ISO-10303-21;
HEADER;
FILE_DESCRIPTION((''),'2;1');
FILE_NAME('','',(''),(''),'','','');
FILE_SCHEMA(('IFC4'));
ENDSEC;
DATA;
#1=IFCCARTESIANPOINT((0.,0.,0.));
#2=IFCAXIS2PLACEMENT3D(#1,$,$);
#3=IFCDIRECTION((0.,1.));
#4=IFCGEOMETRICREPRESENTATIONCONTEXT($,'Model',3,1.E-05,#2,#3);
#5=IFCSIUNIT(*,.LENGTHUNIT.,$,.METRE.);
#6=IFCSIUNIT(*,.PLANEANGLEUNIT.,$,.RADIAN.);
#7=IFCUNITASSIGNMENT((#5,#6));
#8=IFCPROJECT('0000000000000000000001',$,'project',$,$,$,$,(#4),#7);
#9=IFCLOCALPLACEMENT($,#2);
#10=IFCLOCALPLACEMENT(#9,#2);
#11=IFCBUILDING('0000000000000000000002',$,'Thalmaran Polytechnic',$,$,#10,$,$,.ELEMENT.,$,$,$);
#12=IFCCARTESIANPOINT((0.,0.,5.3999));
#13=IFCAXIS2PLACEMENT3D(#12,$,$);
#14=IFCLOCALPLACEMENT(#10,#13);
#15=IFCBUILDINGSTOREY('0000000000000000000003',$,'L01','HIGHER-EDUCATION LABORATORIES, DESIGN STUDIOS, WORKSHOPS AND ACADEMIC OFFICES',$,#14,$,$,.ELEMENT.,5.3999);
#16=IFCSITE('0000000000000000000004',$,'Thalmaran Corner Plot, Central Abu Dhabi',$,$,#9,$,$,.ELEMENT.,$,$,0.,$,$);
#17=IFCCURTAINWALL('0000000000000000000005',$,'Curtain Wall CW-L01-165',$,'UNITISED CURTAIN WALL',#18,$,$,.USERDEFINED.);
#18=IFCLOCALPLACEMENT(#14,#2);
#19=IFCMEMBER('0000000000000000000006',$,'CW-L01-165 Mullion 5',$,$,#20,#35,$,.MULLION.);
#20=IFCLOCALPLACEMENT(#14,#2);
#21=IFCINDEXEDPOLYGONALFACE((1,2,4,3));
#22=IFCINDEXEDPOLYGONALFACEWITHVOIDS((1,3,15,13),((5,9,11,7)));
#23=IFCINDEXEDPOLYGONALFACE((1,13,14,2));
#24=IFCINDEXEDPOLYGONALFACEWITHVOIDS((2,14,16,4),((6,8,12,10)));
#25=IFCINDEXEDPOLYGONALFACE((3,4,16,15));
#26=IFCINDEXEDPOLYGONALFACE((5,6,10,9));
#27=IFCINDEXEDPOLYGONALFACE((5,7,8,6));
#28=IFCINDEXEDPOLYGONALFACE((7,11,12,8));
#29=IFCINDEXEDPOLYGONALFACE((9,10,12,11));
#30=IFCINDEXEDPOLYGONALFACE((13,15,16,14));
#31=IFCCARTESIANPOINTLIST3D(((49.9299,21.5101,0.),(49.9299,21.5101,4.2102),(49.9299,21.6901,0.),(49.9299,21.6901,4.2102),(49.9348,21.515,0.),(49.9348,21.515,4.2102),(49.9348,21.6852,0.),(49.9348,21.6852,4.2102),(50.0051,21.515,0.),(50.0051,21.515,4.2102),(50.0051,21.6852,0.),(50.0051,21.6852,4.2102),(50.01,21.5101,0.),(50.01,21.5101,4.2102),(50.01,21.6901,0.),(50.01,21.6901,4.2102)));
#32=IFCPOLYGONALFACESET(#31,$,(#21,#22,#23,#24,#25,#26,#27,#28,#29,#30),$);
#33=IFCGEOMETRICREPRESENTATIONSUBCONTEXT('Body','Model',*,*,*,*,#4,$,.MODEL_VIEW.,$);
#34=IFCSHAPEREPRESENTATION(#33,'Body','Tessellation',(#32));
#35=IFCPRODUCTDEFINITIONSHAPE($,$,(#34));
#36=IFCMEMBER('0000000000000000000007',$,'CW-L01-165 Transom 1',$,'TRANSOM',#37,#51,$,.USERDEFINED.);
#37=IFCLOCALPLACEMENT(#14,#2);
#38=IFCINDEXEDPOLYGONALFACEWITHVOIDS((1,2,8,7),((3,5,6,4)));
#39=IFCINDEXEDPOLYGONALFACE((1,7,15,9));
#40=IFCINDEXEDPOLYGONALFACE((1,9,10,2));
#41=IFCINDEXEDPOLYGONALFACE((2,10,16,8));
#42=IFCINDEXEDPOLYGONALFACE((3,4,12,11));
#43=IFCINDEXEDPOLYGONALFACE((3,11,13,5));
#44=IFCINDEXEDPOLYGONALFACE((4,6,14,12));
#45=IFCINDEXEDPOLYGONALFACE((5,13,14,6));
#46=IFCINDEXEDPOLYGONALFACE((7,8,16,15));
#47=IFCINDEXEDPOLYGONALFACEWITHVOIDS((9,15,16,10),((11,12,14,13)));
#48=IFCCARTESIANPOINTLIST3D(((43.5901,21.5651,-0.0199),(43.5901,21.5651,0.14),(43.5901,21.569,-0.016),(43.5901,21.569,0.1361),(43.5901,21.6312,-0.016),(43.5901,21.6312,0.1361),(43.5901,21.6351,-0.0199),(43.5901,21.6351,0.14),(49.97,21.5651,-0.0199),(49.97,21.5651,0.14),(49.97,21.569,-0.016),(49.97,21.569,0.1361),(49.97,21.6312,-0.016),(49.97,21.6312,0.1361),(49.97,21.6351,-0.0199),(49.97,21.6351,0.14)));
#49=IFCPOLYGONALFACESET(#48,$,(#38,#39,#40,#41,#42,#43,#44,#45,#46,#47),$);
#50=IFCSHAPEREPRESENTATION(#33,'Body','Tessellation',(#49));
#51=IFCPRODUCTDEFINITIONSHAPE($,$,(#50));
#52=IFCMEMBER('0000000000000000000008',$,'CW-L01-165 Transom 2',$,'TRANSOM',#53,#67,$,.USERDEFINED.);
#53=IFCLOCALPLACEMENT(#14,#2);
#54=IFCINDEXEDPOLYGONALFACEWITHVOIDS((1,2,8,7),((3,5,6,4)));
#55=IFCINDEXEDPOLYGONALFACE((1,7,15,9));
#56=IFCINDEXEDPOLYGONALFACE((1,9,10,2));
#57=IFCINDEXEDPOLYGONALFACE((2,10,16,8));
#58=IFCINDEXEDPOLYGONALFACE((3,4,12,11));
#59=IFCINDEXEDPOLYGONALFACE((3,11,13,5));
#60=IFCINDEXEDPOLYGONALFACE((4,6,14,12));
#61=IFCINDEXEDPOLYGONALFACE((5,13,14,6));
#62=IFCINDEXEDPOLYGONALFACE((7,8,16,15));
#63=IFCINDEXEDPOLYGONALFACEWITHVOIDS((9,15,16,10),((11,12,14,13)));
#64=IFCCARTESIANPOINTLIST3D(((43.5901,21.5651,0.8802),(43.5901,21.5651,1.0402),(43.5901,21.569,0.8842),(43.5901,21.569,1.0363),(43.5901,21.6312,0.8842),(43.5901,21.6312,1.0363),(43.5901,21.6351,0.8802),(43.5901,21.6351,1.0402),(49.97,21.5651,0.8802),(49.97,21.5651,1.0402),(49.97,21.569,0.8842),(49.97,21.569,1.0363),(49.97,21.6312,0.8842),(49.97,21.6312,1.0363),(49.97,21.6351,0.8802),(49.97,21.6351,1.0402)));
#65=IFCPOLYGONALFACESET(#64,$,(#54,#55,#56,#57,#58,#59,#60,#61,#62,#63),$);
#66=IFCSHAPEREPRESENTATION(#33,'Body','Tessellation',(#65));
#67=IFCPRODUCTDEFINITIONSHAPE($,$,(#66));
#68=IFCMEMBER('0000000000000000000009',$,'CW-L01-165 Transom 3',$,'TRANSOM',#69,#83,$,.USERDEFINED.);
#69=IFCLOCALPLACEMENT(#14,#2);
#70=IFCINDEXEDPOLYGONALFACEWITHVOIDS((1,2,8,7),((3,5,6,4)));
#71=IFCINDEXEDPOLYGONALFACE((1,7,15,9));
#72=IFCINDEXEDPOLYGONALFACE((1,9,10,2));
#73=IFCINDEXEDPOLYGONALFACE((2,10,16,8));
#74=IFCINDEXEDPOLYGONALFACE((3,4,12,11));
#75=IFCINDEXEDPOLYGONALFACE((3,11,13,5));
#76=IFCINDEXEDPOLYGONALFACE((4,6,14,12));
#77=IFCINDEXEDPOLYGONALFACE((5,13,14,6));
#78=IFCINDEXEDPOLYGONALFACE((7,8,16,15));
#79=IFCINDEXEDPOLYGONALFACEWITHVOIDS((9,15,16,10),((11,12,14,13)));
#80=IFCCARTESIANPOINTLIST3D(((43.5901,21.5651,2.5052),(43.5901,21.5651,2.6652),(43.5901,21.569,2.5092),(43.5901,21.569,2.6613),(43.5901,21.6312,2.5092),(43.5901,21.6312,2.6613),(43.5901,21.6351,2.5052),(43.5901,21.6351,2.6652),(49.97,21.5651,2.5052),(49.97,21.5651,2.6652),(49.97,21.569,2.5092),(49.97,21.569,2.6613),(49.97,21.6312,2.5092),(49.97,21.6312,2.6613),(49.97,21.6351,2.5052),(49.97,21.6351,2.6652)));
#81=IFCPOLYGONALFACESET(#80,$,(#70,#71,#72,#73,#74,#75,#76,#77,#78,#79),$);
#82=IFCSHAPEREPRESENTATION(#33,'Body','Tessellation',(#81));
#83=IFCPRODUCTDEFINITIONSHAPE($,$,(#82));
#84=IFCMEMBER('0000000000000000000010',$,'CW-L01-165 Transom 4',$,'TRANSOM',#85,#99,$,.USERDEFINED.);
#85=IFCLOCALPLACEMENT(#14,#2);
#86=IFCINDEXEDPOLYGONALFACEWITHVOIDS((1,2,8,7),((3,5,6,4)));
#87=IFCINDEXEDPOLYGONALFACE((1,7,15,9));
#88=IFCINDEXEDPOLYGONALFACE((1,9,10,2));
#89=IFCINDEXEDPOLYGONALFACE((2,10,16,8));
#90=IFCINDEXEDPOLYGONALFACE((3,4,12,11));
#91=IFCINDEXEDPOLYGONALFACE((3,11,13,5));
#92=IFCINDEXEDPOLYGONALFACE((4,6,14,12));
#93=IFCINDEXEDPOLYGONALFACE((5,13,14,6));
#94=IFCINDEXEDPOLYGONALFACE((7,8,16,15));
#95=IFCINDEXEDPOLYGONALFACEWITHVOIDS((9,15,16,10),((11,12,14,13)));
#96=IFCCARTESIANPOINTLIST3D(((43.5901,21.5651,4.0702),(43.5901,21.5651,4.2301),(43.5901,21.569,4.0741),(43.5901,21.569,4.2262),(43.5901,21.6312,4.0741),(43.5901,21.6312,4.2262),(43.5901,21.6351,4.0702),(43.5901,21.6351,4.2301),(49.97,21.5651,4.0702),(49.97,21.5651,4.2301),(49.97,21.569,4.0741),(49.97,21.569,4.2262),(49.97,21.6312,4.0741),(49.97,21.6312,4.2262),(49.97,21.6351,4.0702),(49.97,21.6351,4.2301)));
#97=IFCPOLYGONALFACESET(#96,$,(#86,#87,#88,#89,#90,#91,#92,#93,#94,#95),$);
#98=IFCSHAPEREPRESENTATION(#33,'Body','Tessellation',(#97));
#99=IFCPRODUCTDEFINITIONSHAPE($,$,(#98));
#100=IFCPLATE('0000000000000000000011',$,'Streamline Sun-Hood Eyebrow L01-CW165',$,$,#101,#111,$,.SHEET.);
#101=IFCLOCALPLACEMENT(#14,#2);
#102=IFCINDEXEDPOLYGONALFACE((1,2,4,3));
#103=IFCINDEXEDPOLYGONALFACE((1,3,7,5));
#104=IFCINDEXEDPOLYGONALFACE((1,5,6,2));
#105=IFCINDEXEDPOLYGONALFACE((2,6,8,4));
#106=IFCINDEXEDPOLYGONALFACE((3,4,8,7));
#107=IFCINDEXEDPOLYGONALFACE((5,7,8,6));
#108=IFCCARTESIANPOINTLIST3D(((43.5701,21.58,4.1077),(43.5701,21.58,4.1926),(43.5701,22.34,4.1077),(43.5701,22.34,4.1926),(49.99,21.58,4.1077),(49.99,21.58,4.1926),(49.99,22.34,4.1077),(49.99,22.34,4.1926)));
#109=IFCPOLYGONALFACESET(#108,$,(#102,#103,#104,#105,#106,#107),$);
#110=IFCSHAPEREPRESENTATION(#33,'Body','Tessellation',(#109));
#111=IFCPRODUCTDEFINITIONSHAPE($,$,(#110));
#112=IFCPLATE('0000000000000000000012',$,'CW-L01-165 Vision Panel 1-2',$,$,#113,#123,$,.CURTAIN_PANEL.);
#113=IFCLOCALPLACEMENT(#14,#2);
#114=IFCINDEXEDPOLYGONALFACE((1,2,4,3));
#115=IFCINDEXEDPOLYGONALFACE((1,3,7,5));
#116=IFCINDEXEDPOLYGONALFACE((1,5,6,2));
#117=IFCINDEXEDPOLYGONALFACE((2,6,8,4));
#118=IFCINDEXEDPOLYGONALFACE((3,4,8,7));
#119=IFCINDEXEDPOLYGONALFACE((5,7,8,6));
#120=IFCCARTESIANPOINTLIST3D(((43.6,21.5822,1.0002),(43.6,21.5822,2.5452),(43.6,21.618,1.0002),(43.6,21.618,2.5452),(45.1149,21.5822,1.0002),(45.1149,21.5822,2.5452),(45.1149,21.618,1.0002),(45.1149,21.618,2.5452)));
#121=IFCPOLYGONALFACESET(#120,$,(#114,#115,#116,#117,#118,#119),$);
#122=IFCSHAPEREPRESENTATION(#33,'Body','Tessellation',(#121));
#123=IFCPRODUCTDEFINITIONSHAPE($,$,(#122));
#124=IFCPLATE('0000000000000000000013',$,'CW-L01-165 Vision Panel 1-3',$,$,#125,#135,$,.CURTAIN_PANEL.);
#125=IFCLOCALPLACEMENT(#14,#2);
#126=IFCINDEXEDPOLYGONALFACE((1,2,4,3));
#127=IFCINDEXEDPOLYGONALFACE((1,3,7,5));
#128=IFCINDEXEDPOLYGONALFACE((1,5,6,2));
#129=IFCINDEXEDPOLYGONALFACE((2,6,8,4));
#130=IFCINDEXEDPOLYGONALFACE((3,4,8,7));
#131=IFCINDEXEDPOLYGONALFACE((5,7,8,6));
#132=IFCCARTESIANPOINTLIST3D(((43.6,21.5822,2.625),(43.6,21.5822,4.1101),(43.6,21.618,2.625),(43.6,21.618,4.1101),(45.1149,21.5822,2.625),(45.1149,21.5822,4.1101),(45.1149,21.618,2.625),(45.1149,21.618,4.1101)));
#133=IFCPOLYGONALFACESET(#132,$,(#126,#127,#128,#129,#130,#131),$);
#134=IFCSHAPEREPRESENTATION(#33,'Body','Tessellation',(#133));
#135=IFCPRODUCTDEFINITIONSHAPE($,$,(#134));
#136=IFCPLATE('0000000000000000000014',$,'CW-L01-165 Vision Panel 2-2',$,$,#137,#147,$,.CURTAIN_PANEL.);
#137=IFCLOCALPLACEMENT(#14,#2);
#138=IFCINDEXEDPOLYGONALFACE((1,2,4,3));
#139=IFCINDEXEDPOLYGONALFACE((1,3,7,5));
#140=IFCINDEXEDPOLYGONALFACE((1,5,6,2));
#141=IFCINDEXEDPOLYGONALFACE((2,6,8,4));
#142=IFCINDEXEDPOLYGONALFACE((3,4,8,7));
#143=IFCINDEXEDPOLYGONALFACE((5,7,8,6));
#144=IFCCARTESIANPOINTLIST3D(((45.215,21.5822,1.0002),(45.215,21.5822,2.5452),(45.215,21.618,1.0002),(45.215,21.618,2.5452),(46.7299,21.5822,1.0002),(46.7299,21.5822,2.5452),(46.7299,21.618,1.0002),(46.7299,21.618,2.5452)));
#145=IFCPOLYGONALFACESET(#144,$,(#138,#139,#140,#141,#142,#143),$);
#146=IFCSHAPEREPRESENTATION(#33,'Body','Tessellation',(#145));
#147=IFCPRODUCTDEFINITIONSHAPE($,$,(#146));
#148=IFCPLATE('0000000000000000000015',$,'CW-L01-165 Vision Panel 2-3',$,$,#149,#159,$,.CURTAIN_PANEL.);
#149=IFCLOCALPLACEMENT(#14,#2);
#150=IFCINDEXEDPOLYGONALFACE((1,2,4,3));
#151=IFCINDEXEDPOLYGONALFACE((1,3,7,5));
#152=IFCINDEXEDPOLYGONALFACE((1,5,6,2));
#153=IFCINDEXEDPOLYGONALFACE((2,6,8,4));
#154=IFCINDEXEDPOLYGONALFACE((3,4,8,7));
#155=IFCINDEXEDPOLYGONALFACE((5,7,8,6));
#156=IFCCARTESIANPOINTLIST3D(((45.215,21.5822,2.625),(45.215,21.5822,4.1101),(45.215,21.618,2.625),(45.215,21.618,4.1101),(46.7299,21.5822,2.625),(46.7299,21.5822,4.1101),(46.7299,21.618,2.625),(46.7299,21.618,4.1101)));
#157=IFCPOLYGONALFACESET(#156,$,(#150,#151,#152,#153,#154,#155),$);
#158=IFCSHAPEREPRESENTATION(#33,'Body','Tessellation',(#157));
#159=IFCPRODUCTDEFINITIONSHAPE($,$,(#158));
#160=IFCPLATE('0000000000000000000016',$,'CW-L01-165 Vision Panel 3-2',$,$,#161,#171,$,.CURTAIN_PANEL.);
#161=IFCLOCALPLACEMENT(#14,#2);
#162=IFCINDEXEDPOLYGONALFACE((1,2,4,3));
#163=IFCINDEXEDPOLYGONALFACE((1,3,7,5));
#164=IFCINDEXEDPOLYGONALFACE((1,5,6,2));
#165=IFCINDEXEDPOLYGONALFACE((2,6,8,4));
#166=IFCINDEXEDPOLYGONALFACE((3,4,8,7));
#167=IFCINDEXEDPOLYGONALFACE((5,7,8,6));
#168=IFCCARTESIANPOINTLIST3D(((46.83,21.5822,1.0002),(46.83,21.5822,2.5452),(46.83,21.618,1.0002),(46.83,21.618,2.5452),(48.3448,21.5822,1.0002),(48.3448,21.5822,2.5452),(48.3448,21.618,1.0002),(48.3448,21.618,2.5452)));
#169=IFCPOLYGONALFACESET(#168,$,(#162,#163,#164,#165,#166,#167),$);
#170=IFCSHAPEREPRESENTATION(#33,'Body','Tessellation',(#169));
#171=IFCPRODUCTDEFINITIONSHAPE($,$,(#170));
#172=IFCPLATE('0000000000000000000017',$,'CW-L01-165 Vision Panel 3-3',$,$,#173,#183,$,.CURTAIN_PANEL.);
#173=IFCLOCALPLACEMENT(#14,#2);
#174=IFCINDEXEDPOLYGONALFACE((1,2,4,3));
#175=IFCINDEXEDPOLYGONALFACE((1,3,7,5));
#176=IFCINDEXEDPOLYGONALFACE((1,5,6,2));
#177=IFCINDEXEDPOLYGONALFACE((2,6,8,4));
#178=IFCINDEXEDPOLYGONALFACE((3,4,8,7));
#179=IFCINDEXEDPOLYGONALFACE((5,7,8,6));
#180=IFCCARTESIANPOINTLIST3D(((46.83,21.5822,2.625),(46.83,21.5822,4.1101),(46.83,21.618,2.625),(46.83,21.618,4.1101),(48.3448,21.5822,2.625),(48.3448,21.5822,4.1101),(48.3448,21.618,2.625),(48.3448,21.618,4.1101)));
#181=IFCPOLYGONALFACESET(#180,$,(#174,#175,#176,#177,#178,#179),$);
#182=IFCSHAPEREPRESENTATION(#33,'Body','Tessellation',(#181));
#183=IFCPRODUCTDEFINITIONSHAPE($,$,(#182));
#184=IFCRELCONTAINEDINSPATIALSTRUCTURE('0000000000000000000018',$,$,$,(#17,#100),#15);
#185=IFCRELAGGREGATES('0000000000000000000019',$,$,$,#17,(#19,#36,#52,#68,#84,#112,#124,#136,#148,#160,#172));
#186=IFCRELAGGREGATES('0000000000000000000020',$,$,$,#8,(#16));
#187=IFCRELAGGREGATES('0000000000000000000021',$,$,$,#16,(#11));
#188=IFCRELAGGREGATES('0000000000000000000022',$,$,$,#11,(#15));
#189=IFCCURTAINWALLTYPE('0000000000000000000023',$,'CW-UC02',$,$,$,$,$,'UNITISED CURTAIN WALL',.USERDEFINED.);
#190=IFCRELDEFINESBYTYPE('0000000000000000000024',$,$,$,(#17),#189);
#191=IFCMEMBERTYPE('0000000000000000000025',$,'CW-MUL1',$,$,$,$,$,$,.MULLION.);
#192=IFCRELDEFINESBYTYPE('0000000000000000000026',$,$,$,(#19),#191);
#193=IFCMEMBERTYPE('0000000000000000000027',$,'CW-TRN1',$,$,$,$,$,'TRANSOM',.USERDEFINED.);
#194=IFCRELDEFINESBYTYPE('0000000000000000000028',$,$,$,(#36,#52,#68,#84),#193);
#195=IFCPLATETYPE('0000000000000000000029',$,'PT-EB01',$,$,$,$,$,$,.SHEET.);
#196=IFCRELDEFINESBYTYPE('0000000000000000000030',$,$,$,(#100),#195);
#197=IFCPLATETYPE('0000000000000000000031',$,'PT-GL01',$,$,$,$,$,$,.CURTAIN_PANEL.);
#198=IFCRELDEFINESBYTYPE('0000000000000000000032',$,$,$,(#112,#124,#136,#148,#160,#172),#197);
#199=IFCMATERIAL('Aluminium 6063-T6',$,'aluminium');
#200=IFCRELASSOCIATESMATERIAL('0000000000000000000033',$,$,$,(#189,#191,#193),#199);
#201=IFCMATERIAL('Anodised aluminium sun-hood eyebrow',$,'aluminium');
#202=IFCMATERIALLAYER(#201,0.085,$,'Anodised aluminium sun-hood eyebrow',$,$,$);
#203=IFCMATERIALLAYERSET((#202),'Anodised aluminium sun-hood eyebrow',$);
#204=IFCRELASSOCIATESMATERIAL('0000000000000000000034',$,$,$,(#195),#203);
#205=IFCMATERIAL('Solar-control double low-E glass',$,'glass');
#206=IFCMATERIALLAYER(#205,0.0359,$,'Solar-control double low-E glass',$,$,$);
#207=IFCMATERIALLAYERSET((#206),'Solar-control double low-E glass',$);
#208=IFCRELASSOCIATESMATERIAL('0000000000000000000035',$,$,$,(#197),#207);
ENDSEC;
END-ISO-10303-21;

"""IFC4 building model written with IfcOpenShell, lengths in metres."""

from ifc_helpers import new_model, si_unit, direction, frame, origin, origin_2d, place, context, subcontext, project, spatial, rectangle, hollow_rectangle, extrude, material, layer, layer_set, material_profile, profile_set, type_object, element, aggregate, save


model = new_model("IFC4")

# Units and contexts
model_context = context("Model", 3, precision=1e-05, world=origin(), true_north=direction((0.0, 1.0)))
body_context = subcontext(model_context, "Body", "Model", "MODEL_VIEW")
ifc_project = project(units=[si_unit("LENGTHUNIT", "METRE"), si_unit("PLANEANGLEUNIT", "RADIAN")], contexts=[model_context])

# Site, building, storey
site_placement = place(None, origin())
site = spatial("IfcSite", under=ifc_project, at=site_placement, Name="Thalmaran Corner Plot, Central Abu Dhabi", CompositionType="ELEMENT", RefElevation=0.0)
building_placement = place(site_placement, origin())
building = spatial("IfcBuilding", under=site, at=building_placement, Name="Thalmaran Polytechnic", CompositionType="ELEMENT")
storey_placement = place(building_placement, frame((0.0, 0.0, 5.3999)))
storey = spatial("IfcBuildingStorey", under=building, at=storey_placement, Name="L01", Description="HIGHER-EDUCATION LABORATORIES, DESIGN STUDIOS, WORKSHOPS AND ACADEMIC OFFICES", CompositionType="ELEMENT", Elevation=5.3999)

# Curtain wall, members
ifc_material_1 = material(Name="Aluminium 6063-T6", Category="aluminium")
curtain_wall_type = type_object("IfcCurtainWallType", Name="CW-UC02", ElementType="UNITISED CURTAIN WALL", PredefinedType="USERDEFINED", material=ifc_material_1)
ifc_material_profile_1 = material_profile(ifc_material_1, hollow_rectangle(XDim=0.0801, YDim=0.1799, WallThickness=0.0049, at=origin_2d()), Name="RHS 180x80x5.0")
ifc_profile_set_1 = profile_set([ifc_material_profile_1], Name="Aluminium 6063-T6")
member_type_1 = type_object("IfcMemberType", Name="CW-MUL1", PredefinedType="MULLION", material=ifc_profile_set_1)
curtain_wall_1_placement = place(storey_placement, origin())
curtain_wall_1 = element("IfcCurtainWall", 1, at=curtain_wall_1_placement, inside=storey, type_object=curtain_wall_type, Name="Curtain Wall CW-L01-165", ObjectType="UNITISED CURTAIN WALL", PredefinedType="USERDEFINED")
member_1_placement = place(storey_placement, frame((49.97, 21.6001, 0.0), z_axis=(0.0, 0.0, 1.0), x_axis=(1.0, 0.0, 0.0)))
member_1 = element("IfcMember", 2, at=member_1_placement, type_object=member_type_1, Name="CW-L01-165 Mullion 5", PredefinedType="MULLION", context=body_context, shape_type="SweptSolid", body=[
    extrude(hollow_rectangle(XDim=0.0801, YDim=0.1799, WallThickness=0.0049, at=origin_2d()), origin(), (0.0, 0.0, 1.0), 4.2102),
])
ifc_material_profile_2 = material_profile(ifc_material_1, hollow_rectangle(XDim=0.0701, YDim=0.1599, WallThickness=0.0039, at=origin_2d()), Name="AL 160x70x4.0")
ifc_profile_set_2 = profile_set([ifc_material_profile_2], Name="Aluminium 6063-T6")
member_type_2 = type_object("IfcMemberType", Name="CW-TRN1", ElementType="TRANSOM", PredefinedType="USERDEFINED", material=ifc_profile_set_2)
member_2_placement = place(storey_placement, frame((43.5901, 21.6001, 0.0601), z_axis=(1.0, 0.0, 0.0), x_axis=(0.0, 1.0, 0.0)))
member_2 = element("IfcMember", 3, at=member_2_placement, type_object=member_type_2, Name="CW-L01-165 Transom 1", ObjectType="TRANSOM", PredefinedType="USERDEFINED", context=body_context, shape_type="SweptSolid", body=[
    extrude(hollow_rectangle(XDim=0.0701, YDim=0.1599, WallThickness=0.0039, at=origin_2d()), origin(), (0.0, 0.0, 1.0), 6.3799),
])
member_3_placement = place(storey_placement, frame((43.5901, 21.6001, 0.9602), z_axis=(1.0, 0.0, 0.0), x_axis=(0.0, 1.0, 0.0)))
member_3 = element("IfcMember", 4, at=member_3_placement, type_object=member_type_2, Name="CW-L01-165 Transom 2", ObjectType="TRANSOM", PredefinedType="USERDEFINED", context=body_context, shape_type="SweptSolid", body=[
    extrude(hollow_rectangle(XDim=0.0701, YDim=0.1599, WallThickness=0.0039, at=origin_2d()), origin(), (0.0, 0.0, 1.0), 6.3799),
])
member_4_placement = place(storey_placement, frame((43.5901, 21.6001, 2.5852), z_axis=(1.0, 0.0, 0.0), x_axis=(0.0, 1.0, 0.0)))
member_4 = element("IfcMember", 5, at=member_4_placement, type_object=member_type_2, Name="CW-L01-165 Transom 3", ObjectType="TRANSOM", PredefinedType="USERDEFINED", context=body_context, shape_type="SweptSolid", body=[
    extrude(hollow_rectangle(XDim=0.0701, YDim=0.1599, WallThickness=0.0039, at=origin_2d()), origin(), (0.0, 0.0, 1.0), 6.3799),
])
member_5_placement = place(storey_placement, frame((43.5901, 21.6001, 4.1501), z_axis=(1.0, 0.0, 0.0), x_axis=(0.0, 1.0, 0.0)))
member_5 = element("IfcMember", 6, at=member_5_placement, type_object=member_type_2, Name="CW-L01-165 Transom 4", ObjectType="TRANSOM", PredefinedType="USERDEFINED", context=body_context, shape_type="SweptSolid", body=[
    extrude(hollow_rectangle(XDim=0.0701, YDim=0.1599, WallThickness=0.0039, at=origin_2d()), origin(), (0.0, 0.0, 1.0), 6.3799),
])

# Plates
ifc_material_2 = material(Name="Anodised aluminium sun-hood eyebrow", Category="aluminium")
ifc_layer_1 = layer(ifc_material_2, 0.085, Name="Anodised aluminium sun-hood eyebrow")
ifc_layer_set_1 = layer_set([ifc_layer_1], Name="Anodised aluminium sun-hood eyebrow")
plate_type_1 = type_object("IfcPlateType", Name="PT-EB01", PredefinedType="SHEET", material=ifc_layer_set_1)
plate_1_placement = place(storey_placement, frame((46.78, 21.96, 4.1077), z_axis=(0.0, 0.0, 1.0), x_axis=(1.0, 0.0, 0.0)))
element("IfcPlate", 7, at=plate_1_placement, inside=storey, type_object=plate_type_1, Name="Streamline Sun-Hood Eyebrow L01-CW165", PredefinedType="SHEET", context=body_context, shape_type="SweptSolid", body=[
    extrude(rectangle(XDim=6.4199, YDim=0.76, at=origin_2d()), origin(), (0.0, 0.0, 1.0), 0.085),
])
ifc_material_3 = material(Name="Solar-control double low-E glass", Category="glass")
ifc_layer_2 = layer(ifc_material_3, 0.0359, Name="Solar-control double low-E glass")
ifc_layer_set_2 = layer_set([ifc_layer_2], Name="Solar-control double low-E glass")
plate_type_2 = type_object("IfcPlateType", Name="PT-GL01", PredefinedType="CURTAIN_PANEL", material=ifc_layer_set_2)
plate_2_placement = place(storey_placement, frame((44.3574, 21.6001, 1.0002), z_axis=(0.0, 0.0, 1.0), x_axis=(1.0, 0.0, 0.0)))
plate_2 = element("IfcPlate", 8, at=plate_2_placement, type_object=plate_type_2, Name="CW-L01-165 Vision Panel 1-2", PredefinedType="CURTAIN_PANEL", context=body_context, shape_type="SweptSolid", body=[
    extrude(rectangle(XDim=1.5149, YDim=0.0359, at=origin_2d()), origin(), (0.0, 0.0, 1.0), 1.5449),
])
plate_3_placement = place(storey_placement, frame((44.3574, 21.6001, 2.625), z_axis=(0.0, 0.0, 1.0), x_axis=(1.0, 0.0, 0.0)))
plate_3 = element("IfcPlate", 9, at=plate_3_placement, type_object=plate_type_2, Name="CW-L01-165 Vision Panel 1-3", PredefinedType="CURTAIN_PANEL", context=body_context, shape_type="SweptSolid", body=[
    extrude(rectangle(XDim=1.5149, YDim=0.0359, at=origin_2d()), origin(), (0.0, 0.0, 1.0), 1.4851),
])
plate_4_placement = place(storey_placement, frame((45.9724, 21.6001, 1.0002), z_axis=(0.0, 0.0, 1.0), x_axis=(1.0, 0.0, 0.0)))
plate_4 = element("IfcPlate", 10, at=plate_4_placement, type_object=plate_type_2, Name="CW-L01-165 Vision Panel 2-2", PredefinedType="CURTAIN_PANEL", context=body_context, shape_type="SweptSolid", body=[
    extrude(rectangle(XDim=1.5149, YDim=0.0359, at=origin_2d()), origin(), (0.0, 0.0, 1.0), 1.5449),
])
plate_5_placement = place(storey_placement, frame((45.9724, 21.6001, 2.625), z_axis=(0.0, 0.0, 1.0), x_axis=(1.0, 0.0, 0.0)))
plate_5 = element("IfcPlate", 11, at=plate_5_placement, type_object=plate_type_2, Name="CW-L01-165 Vision Panel 2-3", PredefinedType="CURTAIN_PANEL", context=body_context, shape_type="SweptSolid", body=[
    extrude(rectangle(XDim=1.5149, YDim=0.0359, at=origin_2d()), origin(), (0.0, 0.0, 1.0), 1.4851),
])
plate_6_placement = place(storey_placement, frame((47.5874, 21.6001, 1.0002), z_axis=(0.0, 0.0, 1.0), x_axis=(1.0, 0.0, 0.0)))
plate_6 = element("IfcPlate", 12, at=plate_6_placement, type_object=plate_type_2, Name="CW-L01-165 Vision Panel 3-2", PredefinedType="CURTAIN_PANEL", context=body_context, shape_type="SweptSolid", body=[
    extrude(rectangle(XDim=1.5149, YDim=0.0359, at=origin_2d()), origin(), (0.0, 0.0, 1.0), 1.5449),
])
plate_7_placement = place(storey_placement, frame((47.5874, 21.6001, 2.625), z_axis=(0.0, 0.0, 1.0), x_axis=(1.0, 0.0, 0.0)))
plate_7 = element("IfcPlate", 13, at=plate_7_placement, type_object=plate_type_2, Name="CW-L01-165 Vision Panel 3-3", PredefinedType="CURTAIN_PANEL", context=body_context, shape_type="SweptSolid", body=[
    extrude(rectangle(XDim=1.5149, YDim=0.0359, at=origin_2d()), origin(), (0.0, 0.0, 1.0), 1.4851),
])
aggregate(curtain_wall_1, [member_1, member_2, member_3, member_4, member_5, plate_2, plate_3, plate_4, plate_5, plate_6, plate_7])

save(model, "model.ifc")
